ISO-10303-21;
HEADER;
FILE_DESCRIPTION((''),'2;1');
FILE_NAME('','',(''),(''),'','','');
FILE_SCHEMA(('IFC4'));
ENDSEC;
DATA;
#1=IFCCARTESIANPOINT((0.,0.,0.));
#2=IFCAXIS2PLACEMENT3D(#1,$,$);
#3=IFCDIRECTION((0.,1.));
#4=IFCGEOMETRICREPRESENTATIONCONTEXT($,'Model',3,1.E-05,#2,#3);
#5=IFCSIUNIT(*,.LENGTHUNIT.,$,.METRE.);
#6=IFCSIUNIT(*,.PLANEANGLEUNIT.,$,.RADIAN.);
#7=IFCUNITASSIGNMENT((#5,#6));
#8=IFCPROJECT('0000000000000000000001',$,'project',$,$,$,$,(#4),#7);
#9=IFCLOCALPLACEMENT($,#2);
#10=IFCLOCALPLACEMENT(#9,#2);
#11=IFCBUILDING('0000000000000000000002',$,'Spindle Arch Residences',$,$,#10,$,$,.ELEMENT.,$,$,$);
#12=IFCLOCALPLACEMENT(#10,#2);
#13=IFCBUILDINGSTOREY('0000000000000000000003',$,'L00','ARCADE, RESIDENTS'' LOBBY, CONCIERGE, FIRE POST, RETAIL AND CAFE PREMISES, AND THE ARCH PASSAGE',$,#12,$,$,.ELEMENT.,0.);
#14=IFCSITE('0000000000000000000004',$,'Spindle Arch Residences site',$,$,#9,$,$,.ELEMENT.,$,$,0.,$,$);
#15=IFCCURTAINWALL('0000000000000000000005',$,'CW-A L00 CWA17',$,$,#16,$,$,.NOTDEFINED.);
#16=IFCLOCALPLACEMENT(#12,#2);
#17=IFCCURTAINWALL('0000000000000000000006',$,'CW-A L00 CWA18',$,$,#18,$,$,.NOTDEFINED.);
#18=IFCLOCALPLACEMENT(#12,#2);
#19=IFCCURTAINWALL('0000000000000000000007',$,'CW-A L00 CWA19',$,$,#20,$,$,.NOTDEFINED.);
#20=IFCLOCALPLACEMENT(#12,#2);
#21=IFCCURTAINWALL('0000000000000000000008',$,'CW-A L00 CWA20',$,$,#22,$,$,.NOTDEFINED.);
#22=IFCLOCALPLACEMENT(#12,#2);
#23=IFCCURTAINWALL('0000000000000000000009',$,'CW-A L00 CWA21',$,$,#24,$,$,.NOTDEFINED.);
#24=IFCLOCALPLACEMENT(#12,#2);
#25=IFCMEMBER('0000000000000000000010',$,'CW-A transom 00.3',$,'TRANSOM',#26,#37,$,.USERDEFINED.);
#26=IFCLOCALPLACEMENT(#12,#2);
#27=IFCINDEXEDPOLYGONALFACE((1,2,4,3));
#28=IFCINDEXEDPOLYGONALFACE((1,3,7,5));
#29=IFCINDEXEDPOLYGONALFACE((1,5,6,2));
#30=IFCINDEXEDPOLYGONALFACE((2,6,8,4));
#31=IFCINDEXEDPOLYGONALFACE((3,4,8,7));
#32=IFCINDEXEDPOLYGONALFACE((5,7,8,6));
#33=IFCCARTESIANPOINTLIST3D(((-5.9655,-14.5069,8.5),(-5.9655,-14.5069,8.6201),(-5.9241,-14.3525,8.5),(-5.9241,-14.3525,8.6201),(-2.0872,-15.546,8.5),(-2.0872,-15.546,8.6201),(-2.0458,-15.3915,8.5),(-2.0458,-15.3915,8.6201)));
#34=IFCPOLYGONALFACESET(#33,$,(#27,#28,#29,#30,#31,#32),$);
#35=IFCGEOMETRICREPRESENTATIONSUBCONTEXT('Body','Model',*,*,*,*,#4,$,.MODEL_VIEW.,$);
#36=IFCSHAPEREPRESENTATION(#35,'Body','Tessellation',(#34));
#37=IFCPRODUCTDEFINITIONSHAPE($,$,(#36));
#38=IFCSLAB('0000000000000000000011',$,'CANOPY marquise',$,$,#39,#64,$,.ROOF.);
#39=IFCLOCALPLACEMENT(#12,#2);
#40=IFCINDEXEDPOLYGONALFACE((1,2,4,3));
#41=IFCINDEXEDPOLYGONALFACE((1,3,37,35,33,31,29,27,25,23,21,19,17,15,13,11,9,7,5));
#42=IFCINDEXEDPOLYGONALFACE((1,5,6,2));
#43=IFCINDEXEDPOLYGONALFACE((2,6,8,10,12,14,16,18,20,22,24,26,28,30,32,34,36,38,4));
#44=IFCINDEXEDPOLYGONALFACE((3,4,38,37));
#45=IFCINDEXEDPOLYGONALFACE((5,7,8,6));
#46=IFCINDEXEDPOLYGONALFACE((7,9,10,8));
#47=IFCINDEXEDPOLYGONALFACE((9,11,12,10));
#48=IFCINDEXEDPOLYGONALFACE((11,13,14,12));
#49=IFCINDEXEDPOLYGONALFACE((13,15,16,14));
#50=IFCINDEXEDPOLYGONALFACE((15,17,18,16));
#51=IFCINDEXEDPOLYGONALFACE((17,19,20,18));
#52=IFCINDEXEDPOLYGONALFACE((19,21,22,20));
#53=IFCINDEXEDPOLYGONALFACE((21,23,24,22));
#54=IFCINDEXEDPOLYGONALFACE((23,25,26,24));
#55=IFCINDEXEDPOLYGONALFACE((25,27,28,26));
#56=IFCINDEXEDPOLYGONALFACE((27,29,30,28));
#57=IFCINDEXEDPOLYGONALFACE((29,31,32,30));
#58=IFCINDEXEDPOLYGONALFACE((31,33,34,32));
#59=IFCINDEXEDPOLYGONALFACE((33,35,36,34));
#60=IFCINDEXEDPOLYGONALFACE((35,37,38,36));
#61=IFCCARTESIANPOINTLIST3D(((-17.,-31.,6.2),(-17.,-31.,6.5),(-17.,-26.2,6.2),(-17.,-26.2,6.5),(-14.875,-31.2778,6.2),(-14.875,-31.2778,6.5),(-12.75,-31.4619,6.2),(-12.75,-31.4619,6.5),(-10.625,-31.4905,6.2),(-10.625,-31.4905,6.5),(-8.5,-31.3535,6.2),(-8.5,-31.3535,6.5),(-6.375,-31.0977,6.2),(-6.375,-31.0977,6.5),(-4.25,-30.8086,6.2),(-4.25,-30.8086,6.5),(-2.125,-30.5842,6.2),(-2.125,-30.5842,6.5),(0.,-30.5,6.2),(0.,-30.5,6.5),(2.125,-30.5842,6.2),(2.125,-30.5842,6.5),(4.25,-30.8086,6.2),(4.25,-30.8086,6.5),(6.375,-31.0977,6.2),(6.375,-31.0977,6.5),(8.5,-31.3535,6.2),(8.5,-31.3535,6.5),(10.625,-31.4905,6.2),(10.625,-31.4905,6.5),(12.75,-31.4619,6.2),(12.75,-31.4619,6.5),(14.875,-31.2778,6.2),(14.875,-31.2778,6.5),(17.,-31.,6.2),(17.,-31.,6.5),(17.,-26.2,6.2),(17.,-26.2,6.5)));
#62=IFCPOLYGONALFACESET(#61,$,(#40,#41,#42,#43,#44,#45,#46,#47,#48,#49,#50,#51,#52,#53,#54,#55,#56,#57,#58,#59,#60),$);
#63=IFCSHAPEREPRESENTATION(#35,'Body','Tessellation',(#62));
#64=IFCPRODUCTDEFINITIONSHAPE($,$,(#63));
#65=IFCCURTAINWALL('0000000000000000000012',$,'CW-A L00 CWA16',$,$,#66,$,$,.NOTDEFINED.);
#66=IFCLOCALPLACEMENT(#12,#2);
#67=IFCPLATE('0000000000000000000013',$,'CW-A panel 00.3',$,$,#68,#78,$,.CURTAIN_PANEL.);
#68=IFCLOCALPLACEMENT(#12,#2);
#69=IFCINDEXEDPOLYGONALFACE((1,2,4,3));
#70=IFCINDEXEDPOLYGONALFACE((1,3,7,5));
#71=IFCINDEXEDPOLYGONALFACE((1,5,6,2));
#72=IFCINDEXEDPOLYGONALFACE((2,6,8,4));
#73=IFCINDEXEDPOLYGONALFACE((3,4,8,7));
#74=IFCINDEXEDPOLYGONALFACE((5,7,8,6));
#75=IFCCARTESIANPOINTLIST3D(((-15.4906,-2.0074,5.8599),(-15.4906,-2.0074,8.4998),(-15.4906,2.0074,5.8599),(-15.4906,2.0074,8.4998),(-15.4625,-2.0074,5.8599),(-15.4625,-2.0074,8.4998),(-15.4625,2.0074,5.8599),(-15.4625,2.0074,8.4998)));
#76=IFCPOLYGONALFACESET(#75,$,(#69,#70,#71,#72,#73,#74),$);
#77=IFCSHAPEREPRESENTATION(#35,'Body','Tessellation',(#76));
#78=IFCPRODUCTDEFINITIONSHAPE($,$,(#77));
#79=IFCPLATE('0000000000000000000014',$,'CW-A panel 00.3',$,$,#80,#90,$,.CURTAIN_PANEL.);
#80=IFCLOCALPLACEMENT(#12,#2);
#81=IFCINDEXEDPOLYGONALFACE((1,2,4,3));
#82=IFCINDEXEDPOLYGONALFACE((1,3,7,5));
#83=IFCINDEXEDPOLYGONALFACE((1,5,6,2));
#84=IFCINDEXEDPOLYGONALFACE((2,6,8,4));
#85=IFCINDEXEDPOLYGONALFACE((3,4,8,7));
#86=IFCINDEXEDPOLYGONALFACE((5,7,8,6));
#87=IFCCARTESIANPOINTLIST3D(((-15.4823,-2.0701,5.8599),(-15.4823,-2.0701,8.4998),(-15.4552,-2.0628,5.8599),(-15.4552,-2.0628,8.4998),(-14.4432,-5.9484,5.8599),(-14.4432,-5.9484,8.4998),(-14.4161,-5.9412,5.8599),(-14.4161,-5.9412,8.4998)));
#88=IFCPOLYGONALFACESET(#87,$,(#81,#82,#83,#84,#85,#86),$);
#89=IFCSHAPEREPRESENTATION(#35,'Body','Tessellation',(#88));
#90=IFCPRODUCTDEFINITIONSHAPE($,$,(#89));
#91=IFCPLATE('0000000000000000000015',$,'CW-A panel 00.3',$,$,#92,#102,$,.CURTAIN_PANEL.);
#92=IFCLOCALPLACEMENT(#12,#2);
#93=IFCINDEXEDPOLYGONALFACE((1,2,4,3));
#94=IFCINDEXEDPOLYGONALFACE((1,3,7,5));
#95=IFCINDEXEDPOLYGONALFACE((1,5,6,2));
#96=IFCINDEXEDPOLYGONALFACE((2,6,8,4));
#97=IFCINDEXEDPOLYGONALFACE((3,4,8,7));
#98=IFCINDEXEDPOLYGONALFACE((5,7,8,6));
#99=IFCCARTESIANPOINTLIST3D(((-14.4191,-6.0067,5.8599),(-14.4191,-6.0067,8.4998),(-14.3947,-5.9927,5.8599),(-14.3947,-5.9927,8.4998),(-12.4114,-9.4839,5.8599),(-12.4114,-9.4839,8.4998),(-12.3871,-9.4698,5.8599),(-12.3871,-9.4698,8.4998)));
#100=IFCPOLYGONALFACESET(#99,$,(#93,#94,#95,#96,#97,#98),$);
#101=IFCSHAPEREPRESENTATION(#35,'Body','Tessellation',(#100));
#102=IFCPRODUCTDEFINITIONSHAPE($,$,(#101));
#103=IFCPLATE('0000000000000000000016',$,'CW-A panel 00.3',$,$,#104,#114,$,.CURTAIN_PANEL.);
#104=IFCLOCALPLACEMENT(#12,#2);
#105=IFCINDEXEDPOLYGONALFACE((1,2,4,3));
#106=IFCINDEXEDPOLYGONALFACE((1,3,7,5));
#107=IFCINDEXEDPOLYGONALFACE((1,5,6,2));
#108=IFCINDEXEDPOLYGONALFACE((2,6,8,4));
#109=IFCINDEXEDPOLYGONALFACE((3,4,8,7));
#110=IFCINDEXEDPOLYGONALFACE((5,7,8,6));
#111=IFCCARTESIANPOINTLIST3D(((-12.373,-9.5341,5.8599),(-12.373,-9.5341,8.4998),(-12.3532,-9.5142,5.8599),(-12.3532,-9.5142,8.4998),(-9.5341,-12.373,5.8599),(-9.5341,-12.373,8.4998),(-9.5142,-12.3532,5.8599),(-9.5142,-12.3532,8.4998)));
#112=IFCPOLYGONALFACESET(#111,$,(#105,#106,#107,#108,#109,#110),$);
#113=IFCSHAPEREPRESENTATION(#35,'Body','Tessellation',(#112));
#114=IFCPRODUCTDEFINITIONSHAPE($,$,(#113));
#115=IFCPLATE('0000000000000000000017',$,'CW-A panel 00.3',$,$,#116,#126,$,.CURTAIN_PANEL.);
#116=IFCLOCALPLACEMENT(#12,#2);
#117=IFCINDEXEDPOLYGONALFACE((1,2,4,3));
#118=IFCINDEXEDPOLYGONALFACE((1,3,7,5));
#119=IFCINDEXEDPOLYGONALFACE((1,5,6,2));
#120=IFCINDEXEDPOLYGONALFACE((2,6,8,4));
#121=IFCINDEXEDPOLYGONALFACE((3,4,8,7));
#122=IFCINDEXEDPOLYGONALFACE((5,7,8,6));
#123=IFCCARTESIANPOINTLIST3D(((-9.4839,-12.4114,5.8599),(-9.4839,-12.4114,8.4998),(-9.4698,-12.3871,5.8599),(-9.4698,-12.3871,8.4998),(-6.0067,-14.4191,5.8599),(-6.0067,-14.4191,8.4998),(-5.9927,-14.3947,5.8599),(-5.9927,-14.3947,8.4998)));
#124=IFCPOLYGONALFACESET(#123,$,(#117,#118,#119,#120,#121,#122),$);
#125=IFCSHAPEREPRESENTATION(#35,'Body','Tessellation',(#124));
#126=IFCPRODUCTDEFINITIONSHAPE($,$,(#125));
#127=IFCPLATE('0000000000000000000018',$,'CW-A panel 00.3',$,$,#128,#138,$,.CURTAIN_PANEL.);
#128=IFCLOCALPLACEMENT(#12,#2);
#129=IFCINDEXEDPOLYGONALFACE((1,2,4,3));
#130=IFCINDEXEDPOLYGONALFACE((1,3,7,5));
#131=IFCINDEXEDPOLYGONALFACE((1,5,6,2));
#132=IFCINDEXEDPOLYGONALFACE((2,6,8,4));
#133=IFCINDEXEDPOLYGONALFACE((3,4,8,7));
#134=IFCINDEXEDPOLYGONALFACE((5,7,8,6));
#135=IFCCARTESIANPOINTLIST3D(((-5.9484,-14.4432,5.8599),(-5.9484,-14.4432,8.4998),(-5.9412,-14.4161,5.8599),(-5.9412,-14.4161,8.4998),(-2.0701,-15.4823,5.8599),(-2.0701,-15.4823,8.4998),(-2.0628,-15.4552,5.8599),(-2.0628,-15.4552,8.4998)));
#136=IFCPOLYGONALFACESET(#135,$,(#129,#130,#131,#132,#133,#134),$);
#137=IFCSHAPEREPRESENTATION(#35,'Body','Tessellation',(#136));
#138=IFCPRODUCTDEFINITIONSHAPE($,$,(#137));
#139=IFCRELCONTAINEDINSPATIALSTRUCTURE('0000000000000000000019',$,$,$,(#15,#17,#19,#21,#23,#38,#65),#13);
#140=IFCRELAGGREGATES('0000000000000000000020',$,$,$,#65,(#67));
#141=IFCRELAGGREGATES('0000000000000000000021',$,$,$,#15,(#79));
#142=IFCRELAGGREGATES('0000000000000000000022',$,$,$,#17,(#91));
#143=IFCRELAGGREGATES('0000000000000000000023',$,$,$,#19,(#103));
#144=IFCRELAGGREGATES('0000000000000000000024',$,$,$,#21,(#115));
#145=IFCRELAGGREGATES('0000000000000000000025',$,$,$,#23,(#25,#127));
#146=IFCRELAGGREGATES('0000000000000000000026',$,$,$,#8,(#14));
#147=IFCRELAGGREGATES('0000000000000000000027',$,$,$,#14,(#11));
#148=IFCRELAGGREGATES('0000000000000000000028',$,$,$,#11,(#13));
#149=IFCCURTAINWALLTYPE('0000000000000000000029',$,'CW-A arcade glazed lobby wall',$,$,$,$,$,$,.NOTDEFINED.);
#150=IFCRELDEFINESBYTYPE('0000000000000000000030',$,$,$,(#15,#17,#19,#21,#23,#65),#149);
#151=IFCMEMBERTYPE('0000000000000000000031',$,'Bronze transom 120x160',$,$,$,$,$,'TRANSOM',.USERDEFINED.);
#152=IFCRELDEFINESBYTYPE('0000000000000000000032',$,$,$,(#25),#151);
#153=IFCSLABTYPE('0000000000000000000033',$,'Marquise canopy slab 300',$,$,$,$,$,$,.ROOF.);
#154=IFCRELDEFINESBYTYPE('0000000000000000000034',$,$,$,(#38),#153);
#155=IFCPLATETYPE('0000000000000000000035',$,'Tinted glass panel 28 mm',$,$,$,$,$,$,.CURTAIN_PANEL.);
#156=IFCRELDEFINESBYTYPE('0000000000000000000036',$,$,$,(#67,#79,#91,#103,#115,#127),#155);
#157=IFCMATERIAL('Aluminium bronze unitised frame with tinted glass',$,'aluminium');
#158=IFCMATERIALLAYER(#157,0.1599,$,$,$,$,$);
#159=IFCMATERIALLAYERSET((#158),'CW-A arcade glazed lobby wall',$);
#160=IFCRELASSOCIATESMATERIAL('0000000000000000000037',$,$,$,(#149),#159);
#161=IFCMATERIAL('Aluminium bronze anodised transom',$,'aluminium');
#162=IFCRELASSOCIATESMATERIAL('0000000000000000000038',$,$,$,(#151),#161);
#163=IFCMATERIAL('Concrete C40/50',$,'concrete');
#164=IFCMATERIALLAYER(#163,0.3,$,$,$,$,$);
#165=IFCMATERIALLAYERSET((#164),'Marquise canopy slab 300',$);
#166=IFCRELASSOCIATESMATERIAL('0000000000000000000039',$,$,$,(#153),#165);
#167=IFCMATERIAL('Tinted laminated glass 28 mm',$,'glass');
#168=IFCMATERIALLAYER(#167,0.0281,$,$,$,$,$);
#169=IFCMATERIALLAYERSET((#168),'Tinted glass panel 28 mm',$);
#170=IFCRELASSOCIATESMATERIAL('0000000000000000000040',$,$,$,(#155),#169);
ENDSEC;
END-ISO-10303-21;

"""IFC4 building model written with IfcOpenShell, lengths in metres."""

from ifc_helpers import new_model, si_unit, direction, frame, origin, origin_2d, place, context, subcontext, project, spatial, polyline, rectangle, outline, extrude, material, layer, layer_set, material_profile, profile_set, type_object, element, aggregate, save


model = new_model("IFC4")

# Units and contexts
model_context = context("Model", 3, precision=1e-05, world=origin(), true_north=direction((0.0, 1.0)))
body_context = subcontext(model_context, "Body", "Model", "MODEL_VIEW")
ifc_project = project(units=[si_unit("LENGTHUNIT", "METRE"), si_unit("PLANEANGLEUNIT", "RADIAN")], contexts=[model_context])

# Site, building, storey
site_placement = place(None, origin())
site = spatial("IfcSite", under=ifc_project, at=site_placement, Name="Spindle Arch Residences site", CompositionType="ELEMENT", RefElevation=0.0)
building_placement = place(site_placement, origin())
building = spatial("IfcBuilding", under=site, at=building_placement, Name="Spindle Arch Residences", CompositionType="ELEMENT")
storey_placement = place(building_placement, origin())
storey = spatial("IfcBuildingStorey", under=building, at=storey_placement, Name="L00", Description="ARCADE, RESIDENTS' LOBBY, CONCIERGE, FIRE POST, RETAIL AND CAFE PREMISES, AND THE ARCH PASSAGE", CompositionType="ELEMENT", Elevation=0.0)

# Curtain walls
ifc_material_1 = material(Name="Aluminium bronze unitised frame with tinted glass", Category="aluminium")
ifc_layer_1 = layer(ifc_material_1, 0.1599)
ifc_layer_set_1 = layer_set([ifc_layer_1], Name="CW-A arcade glazed lobby wall")
curtain_wall_type = type_object("IfcCurtainWallType", Name="CW-A arcade glazed lobby wall", PredefinedType="NOTDEFINED", material=ifc_layer_set_1)
curtain_wall_1_placement = place(storey_placement, origin())
curtain_wall_1 = element("IfcCurtainWall", 1, at=curtain_wall_1_placement, inside=storey, type_object=curtain_wall_type, Name="CW-A L00 CWA17", PredefinedType="NOTDEFINED")
ifc_material_2 = material(Name="Aluminium bronze anodised transom", Category="aluminium")
ifc_material_profile_1 = material_profile(ifc_material_2, rectangle(XDim=0.1599, YDim=0.1201, at=origin_2d()), Name="TR 120x160")
ifc_profile_set_1 = profile_set([ifc_material_profile_1], Name="Aluminium bronze anodised transom")
member_type_1 = type_object("IfcMemberType", Name="Bronze transom 120x160", ElementType="TRANSOM", PredefinedType="USERDEFINED", material=ifc_profile_set_1)
curtain_wall_2_placement = place(storey_placement, origin())
curtain_wall_2 = element("IfcCurtainWall", 2, at=curtain_wall_2_placement, inside=storey, type_object=curtain_wall_type, Name="CW-A L00 CWA18", PredefinedType="NOTDEFINED")
curtain_wall_3_placement = place(storey_placement, origin())
curtain_wall_3 = element("IfcCurtainWall", 3, at=curtain_wall_3_placement, inside=storey, type_object=curtain_wall_type, Name="CW-A L00 CWA19", PredefinedType="NOTDEFINED")

# Curtain walls, member
curtain_wall_4_placement = place(storey_placement, origin())
curtain_wall_4 = element("IfcCurtainWall", 4, at=curtain_wall_4_placement, inside=storey, type_object=curtain_wall_type, Name="CW-A L00 CWA20", PredefinedType="NOTDEFINED")
curtain_wall_5_placement = place(storey_placement, origin())
curtain_wall_5 = element("IfcCurtainWall", 5, at=curtain_wall_5_placement, inside=storey, type_object=curtain_wall_type, Name="CW-A L00 CWA21", PredefinedType="NOTDEFINED")
member_1_placement = place(storey_placement, frame((-5.9448, -14.4297, 8.5601), z_axis=(0.965936, -0.258783, 0.0), x_axis=(0.258783, 0.965936, 0.0)))
member_1 = element("IfcMember", 6, at=member_1_placement, type_object=member_type_1, Name="CW-A transom 00.3", ObjectType="TRANSOM", PredefinedType="USERDEFINED", context=body_context, shape_type="SweptSolid", body=[
    extrude(rectangle(XDim=0.1599, YDim=0.1201, at=origin_2d()), origin(), (0.0, 0.0, 1.0), 4.0151),
])

# Slab
ifc_material_3 = material(Name="Concrete C40/50", Category="concrete")
ifc_layer_2 = layer(ifc_material_3, 0.3)
ifc_layer_set_2 = layer_set([ifc_layer_2], Name="Marquise canopy slab 300")
slab_type = type_object("IfcSlabType", Name="Marquise canopy slab 300", PredefinedType="ROOF", material=ifc_layer_set_2)
slab_placement = place(storey_placement, frame((0.0, 0.0, 6.2)))
element("IfcSlab", 7, at=slab_placement, inside=storey, type_object=slab_type, Name="CANOPY marquise", PredefinedType="ROOF", context=body_context, shape_type="SweptSolid", body=[
    extrude(outline(polyline([(-17.0, -31.0), (-14.875, -31.2778), (-12.75, -31.4619), (-10.625, -31.4905), (-8.5, -31.3535), (-6.375, -31.0977), (-4.25, -30.8086), (-2.125, -30.5842), (0.0, -30.5), (2.125, -30.5842), (4.25, -30.8086), (6.375, -31.0977), (8.5, -31.3535), (10.625, -31.4905), (12.75, -31.4619), (14.875, -31.2778), (17.0, -31.0), (17.0, -26.2), (-17.0, -26.2), (-17.0, -31.0)])), origin(), (0.0, 0.0, 1.0), 0.3),
])

# Curtain wall, plate
curtain_wall_6_placement = place(storey_placement, origin())
curtain_wall_6 = element("IfcCurtainWall", 8, at=curtain_wall_6_placement, inside=storey, type_object=curtain_wall_type, Name="CW-A L00 CWA16", PredefinedType="NOTDEFINED")
ifc_material_4 = material(Name="Tinted laminated glass 28 mm", Category="glass")
ifc_layer_3 = layer(ifc_material_4, 0.0281)
ifc_layer_set_3 = layer_set([ifc_layer_3], Name="Tinted glass panel 28 mm")
plate_type = type_object("IfcPlateType", Name="Tinted glass panel 28 mm", PredefinedType="CURTAIN_PANEL", material=ifc_layer_set_3)
plate_1_placement = place(storey_placement, frame((-15.4766, 0.0, 5.8599), z_axis=(0.0, 0.0, 1.0), x_axis=(0.0, -1.0, 0.0)))
plate_1 = element("IfcPlate", 9, at=plate_1_placement, type_object=plate_type, Name="CW-A panel 00.3", PredefinedType="CURTAIN_PANEL", context=body_context, shape_type="SweptSolid", body=[
    extrude(rectangle(XDim=4.0149, YDim=0.0281, at=origin_2d()), origin(), (0.0, 0.0, 1.0), 2.6399),
])
aggregate(curtain_wall_6, [plate_1])

# Plates
plate_2_placement = place(storey_placement, frame((-14.9492, -4.0056, 5.8599), z_axis=(0.0, 0.0, 1.0), x_axis=(0.258786, -0.965935, 0.0)))
plate_2 = element("IfcPlate", 10, at=plate_2_placement, type_object=plate_type, Name="CW-A panel 00.3", PredefinedType="CURTAIN_PANEL", context=body_context, shape_type="SweptSolid", body=[
    extrude(rectangle(XDim=4.0151, YDim=0.0281, at=origin_2d()), origin(), (0.0, 0.0, 1.0), 2.6399),
])
aggregate(curtain_wall_1, [plate_2])
plate_3_placement = place(storey_placement, frame((-13.4031, -7.7383, 5.8599), z_axis=(0.0, 0.0, 1.0), x_axis=(0.500023, -0.866012, 0.0)))
plate_3 = element("IfcPlate", 11, at=plate_3_placement, type_object=plate_type, Name="CW-A panel 00.3", PredefinedType="CURTAIN_PANEL", context=body_context, shape_type="SweptSolid", body=[
    extrude(rectangle(XDim=4.0151, YDim=0.0281, at=origin_2d()), origin(), (0.0, 0.0, 1.0), 2.6399),
])
aggregate(curtain_wall_2, [plate_3])
plate_4_placement = place(storey_placement, frame((-10.9436, -10.9436, 5.8599), z_axis=(0.0, 0.0, 1.0), x_axis=(0.707107, -0.707107, 0.0)))
plate_4 = element("IfcPlate", 12, at=plate_4_placement, type_object=plate_type, Name="CW-A panel 00.3", PredefinedType="CURTAIN_PANEL", context=body_context, shape_type="SweptSolid", body=[
    extrude(rectangle(XDim=4.0149, YDim=0.0281, at=origin_2d()), origin(), (0.0, 0.0, 1.0), 2.6399),
])
aggregate(curtain_wall_3, [plate_4])
plate_5_placement = place(storey_placement, frame((-7.7383, -13.4031, 5.8599), z_axis=(0.0, 0.0, 1.0), x_axis=(0.866012, -0.500023, 0.0)))
plate_5 = element("IfcPlate", 13, at=plate_5_placement, type_object=plate_type, Name="CW-A panel 00.3", PredefinedType="CURTAIN_PANEL", context=body_context, shape_type="SweptSolid", body=[
    extrude(rectangle(XDim=4.0151, YDim=0.0281, at=origin_2d()), origin(), (0.0, 0.0, 1.0), 2.6399),
])
aggregate(curtain_wall_4, [plate_5])
plate_6_placement = place(storey_placement, frame((-4.0056, -14.9492, 5.8599), z_axis=(0.0, 0.0, 1.0), x_axis=(0.965935, -0.258786, 0.0)))
plate_6 = element("IfcPlate", 14, at=plate_6_placement, type_object=plate_type, Name="CW-A panel 00.3", PredefinedType="CURTAIN_PANEL", context=body_context, shape_type="SweptSolid", body=[
    extrude(rectangle(XDim=4.0151, YDim=0.0281, at=origin_2d()), origin(), (0.0, 0.0, 1.0), 2.6399),
])
aggregate(curtain_wall_5, [member_1, plate_6])

save(model, "model.ifc")
